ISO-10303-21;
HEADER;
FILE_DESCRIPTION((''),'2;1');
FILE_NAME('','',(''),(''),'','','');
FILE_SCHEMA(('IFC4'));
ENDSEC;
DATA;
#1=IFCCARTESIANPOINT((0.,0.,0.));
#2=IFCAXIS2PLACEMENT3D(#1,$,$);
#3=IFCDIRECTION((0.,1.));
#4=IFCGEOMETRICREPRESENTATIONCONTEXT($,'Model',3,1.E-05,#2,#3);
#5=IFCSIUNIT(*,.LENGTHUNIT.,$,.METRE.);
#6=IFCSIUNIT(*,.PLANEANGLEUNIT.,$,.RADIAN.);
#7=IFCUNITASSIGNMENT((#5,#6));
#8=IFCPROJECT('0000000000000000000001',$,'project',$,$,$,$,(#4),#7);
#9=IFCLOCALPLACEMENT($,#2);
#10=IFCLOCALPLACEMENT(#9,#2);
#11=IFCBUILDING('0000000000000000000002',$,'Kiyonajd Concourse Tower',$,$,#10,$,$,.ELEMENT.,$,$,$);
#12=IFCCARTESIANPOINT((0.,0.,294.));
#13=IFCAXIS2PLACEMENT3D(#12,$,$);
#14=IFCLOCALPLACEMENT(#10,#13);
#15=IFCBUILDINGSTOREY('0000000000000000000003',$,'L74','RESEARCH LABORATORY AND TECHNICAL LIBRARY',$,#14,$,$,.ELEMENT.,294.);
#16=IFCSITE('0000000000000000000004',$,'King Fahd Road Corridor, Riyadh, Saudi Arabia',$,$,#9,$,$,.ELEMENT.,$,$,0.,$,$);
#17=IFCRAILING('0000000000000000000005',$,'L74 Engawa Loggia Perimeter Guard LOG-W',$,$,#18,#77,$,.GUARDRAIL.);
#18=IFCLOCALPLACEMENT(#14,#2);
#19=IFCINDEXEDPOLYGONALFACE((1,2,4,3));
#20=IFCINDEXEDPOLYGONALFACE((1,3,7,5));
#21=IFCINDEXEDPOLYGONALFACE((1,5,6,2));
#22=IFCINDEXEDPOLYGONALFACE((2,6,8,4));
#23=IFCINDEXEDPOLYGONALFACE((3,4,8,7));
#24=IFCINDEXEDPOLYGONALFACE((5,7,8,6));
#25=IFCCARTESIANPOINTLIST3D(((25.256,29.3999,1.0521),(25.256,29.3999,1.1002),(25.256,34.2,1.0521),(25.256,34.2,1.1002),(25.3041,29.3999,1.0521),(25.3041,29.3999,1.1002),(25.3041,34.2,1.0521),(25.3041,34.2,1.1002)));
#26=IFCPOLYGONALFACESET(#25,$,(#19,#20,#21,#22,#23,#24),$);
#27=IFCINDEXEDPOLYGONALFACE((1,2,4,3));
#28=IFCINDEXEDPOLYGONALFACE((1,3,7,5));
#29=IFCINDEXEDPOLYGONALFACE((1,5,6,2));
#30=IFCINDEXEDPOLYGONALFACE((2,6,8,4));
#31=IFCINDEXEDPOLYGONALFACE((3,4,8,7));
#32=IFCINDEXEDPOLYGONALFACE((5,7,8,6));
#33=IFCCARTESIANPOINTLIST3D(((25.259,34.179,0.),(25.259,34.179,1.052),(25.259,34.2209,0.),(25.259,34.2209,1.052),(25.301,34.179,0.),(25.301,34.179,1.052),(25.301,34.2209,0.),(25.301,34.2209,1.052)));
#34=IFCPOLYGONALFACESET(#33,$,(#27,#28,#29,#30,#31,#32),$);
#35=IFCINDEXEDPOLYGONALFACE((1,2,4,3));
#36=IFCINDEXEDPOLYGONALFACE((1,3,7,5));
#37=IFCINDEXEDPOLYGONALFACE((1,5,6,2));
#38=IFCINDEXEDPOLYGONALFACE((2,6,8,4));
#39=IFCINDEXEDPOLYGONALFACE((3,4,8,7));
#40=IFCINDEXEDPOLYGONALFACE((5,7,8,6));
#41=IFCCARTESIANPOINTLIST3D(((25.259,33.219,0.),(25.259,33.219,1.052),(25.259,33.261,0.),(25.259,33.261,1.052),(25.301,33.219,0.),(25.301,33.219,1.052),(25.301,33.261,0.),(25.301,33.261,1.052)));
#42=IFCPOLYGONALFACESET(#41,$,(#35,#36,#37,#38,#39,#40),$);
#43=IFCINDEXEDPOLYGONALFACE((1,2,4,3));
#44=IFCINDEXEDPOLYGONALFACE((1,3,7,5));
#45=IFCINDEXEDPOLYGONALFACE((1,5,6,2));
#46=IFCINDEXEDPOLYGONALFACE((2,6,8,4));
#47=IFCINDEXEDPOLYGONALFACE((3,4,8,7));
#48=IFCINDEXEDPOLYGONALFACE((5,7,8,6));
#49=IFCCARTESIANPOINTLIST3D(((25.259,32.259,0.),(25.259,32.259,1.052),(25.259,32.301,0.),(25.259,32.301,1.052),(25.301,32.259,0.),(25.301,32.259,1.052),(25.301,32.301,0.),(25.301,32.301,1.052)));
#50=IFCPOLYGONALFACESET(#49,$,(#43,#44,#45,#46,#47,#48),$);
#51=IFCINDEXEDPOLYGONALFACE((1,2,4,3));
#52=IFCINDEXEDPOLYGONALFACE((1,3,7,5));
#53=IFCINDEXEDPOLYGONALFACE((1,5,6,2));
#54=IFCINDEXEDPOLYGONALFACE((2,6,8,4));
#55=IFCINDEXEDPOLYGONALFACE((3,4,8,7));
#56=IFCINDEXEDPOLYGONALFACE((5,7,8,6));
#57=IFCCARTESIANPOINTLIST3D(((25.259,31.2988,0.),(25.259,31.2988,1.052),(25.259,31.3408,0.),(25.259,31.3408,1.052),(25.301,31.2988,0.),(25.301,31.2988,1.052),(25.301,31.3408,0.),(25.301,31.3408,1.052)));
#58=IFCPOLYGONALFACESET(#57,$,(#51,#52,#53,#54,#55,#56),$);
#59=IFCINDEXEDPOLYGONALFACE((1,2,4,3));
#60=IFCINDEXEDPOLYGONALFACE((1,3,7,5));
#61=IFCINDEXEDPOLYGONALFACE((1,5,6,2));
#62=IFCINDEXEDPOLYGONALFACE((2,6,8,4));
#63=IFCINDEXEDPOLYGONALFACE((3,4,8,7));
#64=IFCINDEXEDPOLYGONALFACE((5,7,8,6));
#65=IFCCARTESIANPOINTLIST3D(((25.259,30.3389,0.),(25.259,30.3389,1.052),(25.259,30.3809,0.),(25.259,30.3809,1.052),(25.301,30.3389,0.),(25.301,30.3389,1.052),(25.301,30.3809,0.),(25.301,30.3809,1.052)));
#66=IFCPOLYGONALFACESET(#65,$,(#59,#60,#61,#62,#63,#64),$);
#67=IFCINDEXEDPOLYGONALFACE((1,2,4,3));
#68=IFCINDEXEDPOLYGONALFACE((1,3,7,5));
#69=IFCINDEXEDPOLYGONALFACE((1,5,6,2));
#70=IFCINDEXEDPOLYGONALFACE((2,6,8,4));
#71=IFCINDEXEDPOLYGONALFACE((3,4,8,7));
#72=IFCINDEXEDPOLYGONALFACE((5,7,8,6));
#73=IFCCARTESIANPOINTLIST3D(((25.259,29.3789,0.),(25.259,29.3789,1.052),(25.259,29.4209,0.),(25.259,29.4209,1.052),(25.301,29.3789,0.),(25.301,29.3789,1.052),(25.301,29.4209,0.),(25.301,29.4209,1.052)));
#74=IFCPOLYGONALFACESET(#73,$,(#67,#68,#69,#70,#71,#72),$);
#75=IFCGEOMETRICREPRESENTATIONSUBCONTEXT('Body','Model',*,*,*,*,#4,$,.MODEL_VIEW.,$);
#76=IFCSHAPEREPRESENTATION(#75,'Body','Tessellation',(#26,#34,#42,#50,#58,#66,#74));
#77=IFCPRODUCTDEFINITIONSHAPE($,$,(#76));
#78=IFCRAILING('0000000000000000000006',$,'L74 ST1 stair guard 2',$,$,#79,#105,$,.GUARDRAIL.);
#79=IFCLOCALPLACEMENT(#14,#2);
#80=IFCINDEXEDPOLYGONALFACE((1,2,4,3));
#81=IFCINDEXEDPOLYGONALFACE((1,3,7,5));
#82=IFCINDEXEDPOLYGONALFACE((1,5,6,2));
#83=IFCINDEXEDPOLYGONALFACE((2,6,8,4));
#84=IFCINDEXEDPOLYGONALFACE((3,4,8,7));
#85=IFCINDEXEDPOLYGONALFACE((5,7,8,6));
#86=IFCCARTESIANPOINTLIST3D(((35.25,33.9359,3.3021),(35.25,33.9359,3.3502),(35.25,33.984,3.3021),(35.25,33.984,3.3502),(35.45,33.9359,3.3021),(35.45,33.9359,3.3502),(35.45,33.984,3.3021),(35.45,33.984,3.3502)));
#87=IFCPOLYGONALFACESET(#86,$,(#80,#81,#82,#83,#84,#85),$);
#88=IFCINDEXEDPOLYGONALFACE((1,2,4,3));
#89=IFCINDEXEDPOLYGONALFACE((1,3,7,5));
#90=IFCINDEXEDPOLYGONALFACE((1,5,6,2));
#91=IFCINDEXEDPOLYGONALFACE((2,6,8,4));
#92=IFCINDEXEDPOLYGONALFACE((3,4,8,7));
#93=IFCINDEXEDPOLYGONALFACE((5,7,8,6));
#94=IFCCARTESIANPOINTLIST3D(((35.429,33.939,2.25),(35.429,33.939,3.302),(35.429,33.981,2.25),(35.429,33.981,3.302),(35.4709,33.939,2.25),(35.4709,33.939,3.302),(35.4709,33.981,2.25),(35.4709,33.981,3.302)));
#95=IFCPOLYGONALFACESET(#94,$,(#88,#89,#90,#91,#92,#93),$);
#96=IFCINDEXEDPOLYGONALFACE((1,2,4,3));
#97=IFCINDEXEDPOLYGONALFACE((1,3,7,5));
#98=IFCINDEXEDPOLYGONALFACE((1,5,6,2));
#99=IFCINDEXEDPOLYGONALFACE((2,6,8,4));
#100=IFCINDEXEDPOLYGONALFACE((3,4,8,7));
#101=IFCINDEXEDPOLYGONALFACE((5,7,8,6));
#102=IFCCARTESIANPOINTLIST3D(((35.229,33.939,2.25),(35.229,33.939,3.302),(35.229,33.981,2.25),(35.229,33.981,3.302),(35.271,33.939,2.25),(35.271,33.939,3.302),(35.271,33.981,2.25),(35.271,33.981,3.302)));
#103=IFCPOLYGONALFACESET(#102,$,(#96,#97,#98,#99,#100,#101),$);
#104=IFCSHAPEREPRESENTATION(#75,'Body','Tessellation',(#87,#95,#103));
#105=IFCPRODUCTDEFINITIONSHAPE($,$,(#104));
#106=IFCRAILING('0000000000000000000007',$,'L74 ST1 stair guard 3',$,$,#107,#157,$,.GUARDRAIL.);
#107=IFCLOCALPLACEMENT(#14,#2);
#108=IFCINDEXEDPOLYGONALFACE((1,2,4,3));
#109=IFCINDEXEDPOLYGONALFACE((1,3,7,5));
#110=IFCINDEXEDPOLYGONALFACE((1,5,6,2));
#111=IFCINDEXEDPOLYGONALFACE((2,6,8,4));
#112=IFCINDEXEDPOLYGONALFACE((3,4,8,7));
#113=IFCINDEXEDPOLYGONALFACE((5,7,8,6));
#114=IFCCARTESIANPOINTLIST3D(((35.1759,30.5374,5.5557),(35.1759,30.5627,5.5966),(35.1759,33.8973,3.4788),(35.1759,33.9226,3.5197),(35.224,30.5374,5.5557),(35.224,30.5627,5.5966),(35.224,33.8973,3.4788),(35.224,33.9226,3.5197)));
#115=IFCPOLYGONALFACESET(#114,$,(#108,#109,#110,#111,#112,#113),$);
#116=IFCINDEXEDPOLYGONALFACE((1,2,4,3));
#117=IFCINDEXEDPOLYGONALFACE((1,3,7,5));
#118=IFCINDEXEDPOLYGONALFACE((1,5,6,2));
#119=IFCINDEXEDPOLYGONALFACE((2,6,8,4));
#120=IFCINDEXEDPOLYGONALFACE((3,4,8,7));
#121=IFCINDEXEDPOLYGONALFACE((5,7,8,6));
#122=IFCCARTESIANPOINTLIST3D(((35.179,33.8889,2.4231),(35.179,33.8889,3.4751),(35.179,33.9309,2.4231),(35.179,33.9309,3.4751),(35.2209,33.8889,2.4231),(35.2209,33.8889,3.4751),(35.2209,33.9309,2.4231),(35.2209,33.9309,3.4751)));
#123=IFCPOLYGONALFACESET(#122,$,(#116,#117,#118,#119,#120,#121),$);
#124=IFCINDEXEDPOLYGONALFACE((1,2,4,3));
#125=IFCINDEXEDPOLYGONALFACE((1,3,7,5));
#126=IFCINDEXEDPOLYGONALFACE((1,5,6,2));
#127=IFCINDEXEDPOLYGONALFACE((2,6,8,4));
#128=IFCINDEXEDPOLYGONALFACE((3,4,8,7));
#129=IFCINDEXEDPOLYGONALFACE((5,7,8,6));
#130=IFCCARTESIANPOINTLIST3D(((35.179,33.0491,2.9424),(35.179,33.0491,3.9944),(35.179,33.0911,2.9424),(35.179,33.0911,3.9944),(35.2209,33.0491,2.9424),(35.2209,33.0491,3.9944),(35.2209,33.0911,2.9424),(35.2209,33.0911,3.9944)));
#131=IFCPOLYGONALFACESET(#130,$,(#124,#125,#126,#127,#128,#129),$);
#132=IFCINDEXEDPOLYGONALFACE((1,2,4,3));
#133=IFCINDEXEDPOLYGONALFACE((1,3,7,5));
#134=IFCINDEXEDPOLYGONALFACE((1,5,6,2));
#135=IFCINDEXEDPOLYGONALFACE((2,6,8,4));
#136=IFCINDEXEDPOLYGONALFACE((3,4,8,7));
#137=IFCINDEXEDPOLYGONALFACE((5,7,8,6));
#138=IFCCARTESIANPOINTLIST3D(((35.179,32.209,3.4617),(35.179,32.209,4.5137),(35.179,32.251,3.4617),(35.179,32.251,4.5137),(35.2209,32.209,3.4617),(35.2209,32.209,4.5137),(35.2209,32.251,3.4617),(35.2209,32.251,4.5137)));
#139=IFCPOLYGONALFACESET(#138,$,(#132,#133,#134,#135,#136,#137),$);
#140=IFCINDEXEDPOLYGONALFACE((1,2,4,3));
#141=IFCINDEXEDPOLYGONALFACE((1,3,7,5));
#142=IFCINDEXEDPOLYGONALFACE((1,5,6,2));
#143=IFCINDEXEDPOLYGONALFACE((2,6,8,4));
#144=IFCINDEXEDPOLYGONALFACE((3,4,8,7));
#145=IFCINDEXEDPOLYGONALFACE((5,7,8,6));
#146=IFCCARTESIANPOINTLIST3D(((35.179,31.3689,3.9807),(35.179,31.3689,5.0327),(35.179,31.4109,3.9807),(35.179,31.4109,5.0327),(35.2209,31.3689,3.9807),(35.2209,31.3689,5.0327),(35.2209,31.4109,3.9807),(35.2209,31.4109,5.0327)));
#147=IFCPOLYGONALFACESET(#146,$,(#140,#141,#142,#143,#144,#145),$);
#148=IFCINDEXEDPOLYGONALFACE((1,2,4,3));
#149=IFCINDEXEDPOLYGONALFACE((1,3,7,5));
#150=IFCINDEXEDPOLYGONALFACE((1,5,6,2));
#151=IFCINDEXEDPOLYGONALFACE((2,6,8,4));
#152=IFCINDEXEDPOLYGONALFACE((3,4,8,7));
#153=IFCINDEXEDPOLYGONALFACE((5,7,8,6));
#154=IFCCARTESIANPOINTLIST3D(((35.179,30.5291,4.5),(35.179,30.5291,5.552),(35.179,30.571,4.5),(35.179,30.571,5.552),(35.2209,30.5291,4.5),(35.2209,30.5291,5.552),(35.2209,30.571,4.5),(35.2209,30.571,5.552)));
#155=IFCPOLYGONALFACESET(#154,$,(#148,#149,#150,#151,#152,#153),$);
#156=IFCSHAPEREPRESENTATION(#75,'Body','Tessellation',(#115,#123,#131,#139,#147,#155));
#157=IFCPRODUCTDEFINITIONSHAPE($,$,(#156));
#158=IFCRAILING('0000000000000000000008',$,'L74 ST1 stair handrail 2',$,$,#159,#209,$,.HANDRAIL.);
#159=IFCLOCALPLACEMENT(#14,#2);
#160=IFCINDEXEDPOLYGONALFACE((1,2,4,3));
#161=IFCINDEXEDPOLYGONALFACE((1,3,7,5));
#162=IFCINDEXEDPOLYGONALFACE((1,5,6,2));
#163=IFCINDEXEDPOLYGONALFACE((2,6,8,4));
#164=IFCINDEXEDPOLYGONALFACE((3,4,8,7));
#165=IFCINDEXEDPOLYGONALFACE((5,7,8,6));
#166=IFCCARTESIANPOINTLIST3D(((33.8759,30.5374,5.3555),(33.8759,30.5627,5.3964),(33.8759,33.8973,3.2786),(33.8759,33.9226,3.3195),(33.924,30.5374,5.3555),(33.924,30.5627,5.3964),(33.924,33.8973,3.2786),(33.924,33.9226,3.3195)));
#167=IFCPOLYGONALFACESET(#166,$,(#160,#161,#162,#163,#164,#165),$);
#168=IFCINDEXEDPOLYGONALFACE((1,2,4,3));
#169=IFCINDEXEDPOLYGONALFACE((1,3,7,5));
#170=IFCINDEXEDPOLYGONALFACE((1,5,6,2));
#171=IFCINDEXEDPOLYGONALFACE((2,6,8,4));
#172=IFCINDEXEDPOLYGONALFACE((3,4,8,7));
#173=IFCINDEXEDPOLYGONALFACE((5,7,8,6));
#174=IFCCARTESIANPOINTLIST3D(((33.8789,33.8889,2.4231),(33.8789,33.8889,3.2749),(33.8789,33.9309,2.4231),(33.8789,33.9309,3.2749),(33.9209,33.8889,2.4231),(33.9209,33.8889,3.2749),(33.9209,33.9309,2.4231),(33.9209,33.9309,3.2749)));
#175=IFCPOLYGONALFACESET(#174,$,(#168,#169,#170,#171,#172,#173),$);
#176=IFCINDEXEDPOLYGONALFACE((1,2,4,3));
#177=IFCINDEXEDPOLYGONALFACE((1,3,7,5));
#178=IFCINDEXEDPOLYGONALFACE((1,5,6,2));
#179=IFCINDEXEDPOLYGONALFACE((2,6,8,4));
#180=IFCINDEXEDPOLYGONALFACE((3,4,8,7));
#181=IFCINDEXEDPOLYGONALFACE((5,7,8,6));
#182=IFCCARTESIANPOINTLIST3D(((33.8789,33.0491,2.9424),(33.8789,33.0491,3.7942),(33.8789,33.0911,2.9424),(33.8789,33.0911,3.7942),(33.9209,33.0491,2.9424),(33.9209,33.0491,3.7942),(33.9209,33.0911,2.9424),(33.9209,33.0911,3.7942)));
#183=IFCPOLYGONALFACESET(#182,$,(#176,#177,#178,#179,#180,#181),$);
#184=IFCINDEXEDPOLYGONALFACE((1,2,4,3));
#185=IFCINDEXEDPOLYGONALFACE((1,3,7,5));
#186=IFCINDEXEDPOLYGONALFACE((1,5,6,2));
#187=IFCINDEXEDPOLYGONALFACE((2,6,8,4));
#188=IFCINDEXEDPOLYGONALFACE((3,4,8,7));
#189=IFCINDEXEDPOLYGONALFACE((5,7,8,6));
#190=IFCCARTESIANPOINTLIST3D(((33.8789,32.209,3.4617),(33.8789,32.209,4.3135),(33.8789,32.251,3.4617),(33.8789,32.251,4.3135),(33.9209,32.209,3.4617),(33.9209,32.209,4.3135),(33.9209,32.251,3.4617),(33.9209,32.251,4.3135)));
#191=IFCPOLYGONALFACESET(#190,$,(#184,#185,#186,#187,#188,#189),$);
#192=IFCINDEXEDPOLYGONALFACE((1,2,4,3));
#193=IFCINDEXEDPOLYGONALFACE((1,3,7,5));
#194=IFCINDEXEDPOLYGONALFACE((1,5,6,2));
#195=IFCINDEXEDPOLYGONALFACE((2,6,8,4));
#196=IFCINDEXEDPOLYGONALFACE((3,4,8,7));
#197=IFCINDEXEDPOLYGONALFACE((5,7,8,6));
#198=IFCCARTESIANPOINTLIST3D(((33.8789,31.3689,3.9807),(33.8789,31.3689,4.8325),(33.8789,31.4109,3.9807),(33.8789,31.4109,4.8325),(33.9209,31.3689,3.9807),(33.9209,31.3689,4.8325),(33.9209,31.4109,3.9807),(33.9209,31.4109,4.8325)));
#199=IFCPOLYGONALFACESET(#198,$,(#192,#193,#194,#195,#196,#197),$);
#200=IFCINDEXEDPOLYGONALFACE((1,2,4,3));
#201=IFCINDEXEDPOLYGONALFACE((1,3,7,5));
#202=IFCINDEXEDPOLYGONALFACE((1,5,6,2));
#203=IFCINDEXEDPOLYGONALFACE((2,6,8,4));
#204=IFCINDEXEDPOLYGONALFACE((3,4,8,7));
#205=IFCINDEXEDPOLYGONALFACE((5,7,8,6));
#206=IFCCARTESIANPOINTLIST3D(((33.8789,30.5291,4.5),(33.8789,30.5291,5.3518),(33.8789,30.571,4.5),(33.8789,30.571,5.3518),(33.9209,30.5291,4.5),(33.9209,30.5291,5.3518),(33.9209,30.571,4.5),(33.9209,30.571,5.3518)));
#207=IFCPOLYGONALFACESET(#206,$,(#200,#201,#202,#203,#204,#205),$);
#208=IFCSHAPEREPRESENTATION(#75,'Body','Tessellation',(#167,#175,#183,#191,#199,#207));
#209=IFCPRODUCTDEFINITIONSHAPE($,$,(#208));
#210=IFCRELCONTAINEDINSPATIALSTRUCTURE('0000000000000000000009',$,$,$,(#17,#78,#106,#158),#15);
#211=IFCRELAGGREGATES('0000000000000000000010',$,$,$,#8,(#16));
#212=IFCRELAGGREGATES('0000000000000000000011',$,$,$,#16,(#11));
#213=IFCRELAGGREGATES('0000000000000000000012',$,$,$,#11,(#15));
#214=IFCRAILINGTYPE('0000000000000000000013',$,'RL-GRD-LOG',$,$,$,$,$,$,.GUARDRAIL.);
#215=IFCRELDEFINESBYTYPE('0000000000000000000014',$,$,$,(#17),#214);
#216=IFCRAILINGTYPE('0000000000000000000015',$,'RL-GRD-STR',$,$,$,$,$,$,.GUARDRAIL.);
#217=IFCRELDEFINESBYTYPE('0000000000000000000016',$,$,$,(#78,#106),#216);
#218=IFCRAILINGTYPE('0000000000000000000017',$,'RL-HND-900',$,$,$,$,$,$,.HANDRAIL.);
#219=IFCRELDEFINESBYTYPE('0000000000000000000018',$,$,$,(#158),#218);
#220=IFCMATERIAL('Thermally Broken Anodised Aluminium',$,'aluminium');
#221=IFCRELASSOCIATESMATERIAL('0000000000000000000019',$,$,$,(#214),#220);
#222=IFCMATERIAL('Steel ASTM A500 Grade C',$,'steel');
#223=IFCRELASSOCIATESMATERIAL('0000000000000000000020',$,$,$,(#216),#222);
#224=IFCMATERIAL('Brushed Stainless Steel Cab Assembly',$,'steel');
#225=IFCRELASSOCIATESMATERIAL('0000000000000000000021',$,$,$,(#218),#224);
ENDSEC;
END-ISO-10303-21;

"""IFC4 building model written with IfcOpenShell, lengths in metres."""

from ifc_helpers import new_model, si_unit, direction, frame, origin, origin_2d, place, context, subcontext, project, spatial, rectangle, extrude, material, type_object, element, save


model = new_model("IFC4")

# Units and contexts
model_context = context("Model", 3, precision=1e-05, world=origin(), true_north=direction((0.0, 1.0)))
body_context = subcontext(model_context, "Body", "Model", "MODEL_VIEW")
ifc_project = project(units=[si_unit("LENGTHUNIT", "METRE"), si_unit("PLANEANGLEUNIT", "RADIAN")], contexts=[model_context])

# Site, building, storey
site_placement = place(None, origin())
site = spatial("IfcSite", under=ifc_project, at=site_placement, Name="King Fahd Road Corridor, Riyadh, Saudi Arabia", CompositionType="ELEMENT", RefElevation=0.0)
building_placement = place(site_placement, origin())
building = spatial("IfcBuilding", under=site, at=building_placement, Name="Kiyonajd Concourse Tower", CompositionType="ELEMENT")
storey_placement = place(building_placement, frame((0.0, 0.0, 294.0)))
storey = spatial("IfcBuildingStorey", under=building, at=storey_placement, Name="L74", Description="RESEARCH LABORATORY AND TECHNICAL LIBRARY", CompositionType="ELEMENT", Elevation=294.0)

# Shared definitions
ifc_material_1 = material(Name="Thermally Broken Anodised Aluminium", Category="aluminium")

# Railings
railing_type_1 = type_object("IfcRailingType", Name="RL-GRD-LOG", PredefinedType="GUARDRAIL", material=ifc_material_1)
railing_1_placement = place(storey_placement, frame((25.28, 34.2, 0.0)))
element("IfcRailing", 1, at=railing_1_placement, inside=storey, type_object=railing_type_1, Name="L74 Engawa Loggia Perimeter Guard LOG-W", PredefinedType="GUARDRAIL", context=body_context, shape_type="SweptSolid", body=[
    extrude(rectangle(XDim=0.0481, YDim=0.0481, at=origin_2d()), frame((0.0, 0.0, 1.0762), z_axis=(0.0, -1.0, 0.0), x_axis=(1.0, 0.0, 0.0)), (0.0, 0.0, 1.0), 4.8),
    extrude(rectangle(XDim=0.042, YDim=0.042, at=origin_2d()), origin(), (0.0, 0.0, 1.0), 1.052),
    extrude(rectangle(XDim=0.042, YDim=0.042, at=origin_2d()), frame((0.0, -0.96, 0.0)), (0.0, 0.0, 1.0), 1.052),
    extrude(rectangle(XDim=0.042, YDim=0.042, at=origin_2d()), frame((0.0, -1.9199, 0.0)), (0.0, 0.0, 1.0), 1.052),
    extrude(rectangle(XDim=0.042, YDim=0.042, at=origin_2d()), frame((0.0, -2.8801, 0.0)), (0.0, 0.0, 1.0), 1.052),
    extrude(rectangle(XDim=0.042, YDim=0.042, at=origin_2d()), frame((0.0, -3.8401, 0.0)), (0.0, 0.0, 1.0), 1.052),
    extrude(rectangle(XDim=0.042, YDim=0.042, at=origin_2d()), frame((0.0, -4.8, 0.0)), (0.0, 0.0, 1.0), 1.052),
])
ifc_material_2 = material(Name="Steel ASTM A500 Grade C", Category="steel")
railing_type_2 = type_object("IfcRailingType", Name="RL-GRD-STR", PredefinedType="GUARDRAIL", material=ifc_material_2)
railing_2_placement = place(storey_placement, frame((35.45, 33.96, 2.25)))
element("IfcRailing", 2, at=railing_2_placement, inside=storey, type_object=railing_type_2, Name="L74 ST1 stair guard 2", PredefinedType="GUARDRAIL", context=body_context, shape_type="SweptSolid", body=[
    extrude(rectangle(XDim=0.0481, YDim=0.0481, at=origin_2d()), frame((0.0, 0.0, 1.0762), z_axis=(-1.0, 0.0, 0.0), x_axis=(0.0, -1.0, 0.0)), (0.0, 0.0, 1.0), 0.2),
    extrude(rectangle(XDim=0.042, YDim=0.042, at=origin_2d()), origin(), (0.0, 0.0, 1.0), 1.052),
    extrude(rectangle(XDim=0.042, YDim=0.042, at=origin_2d()), frame((-0.2, 0.0, 0.0)), (0.0, 0.0, 1.0), 1.052),
])
railing_3_placement = place(storey_placement, frame((35.2, 33.9099, 2.4231)))
element("IfcRailing", 3, at=railing_3_placement, inside=storey, type_object=railing_type_2, Name="L74 ST1 stair guard 3", PredefinedType="GUARDRAIL", context=body_context, shape_type="SweptSolid", body=[
    extrude(rectangle(XDim=0.0481, YDim=0.0481, at=origin_2d()), frame((0.0, 0.0, 1.0762), z_axis=(0.0, -0.850606, 0.525803), x_axis=(1.0, 0.0, 0.0)), (0.0, 0.0, 1.0), 3.95),
    extrude(rectangle(XDim=0.042, YDim=0.042, at=origin_2d()), origin(), (0.0, 0.0, 1.0), 1.052),
    extrude(rectangle(XDim=0.042, YDim=0.042, at=origin_2d()), frame((0.0, -0.8398, 0.5193)), (0.0, 0.0, 1.0), 1.052),
    extrude(rectangle(XDim=0.042, YDim=0.042, at=origin_2d()), frame((0.0, -1.6799, 1.0386)), (0.0, 0.0, 1.0), 1.052),
    extrude(rectangle(XDim=0.042, YDim=0.042, at=origin_2d()), frame((0.0, -2.52, 1.5576)), (0.0, 0.0, 1.0), 1.052),
    extrude(rectangle(XDim=0.042, YDim=0.042, at=origin_2d()), frame((0.0, -3.3599, 2.0769)), (0.0, 0.0, 1.0), 1.052),
])
ifc_material_3 = material(Name="Brushed Stainless Steel Cab Assembly", Category="steel")
railing_type_3 = type_object("IfcRailingType", Name="RL-HND-900", PredefinedType="HANDRAIL", material=ifc_material_3)
railing_4_placement = place(storey_placement, frame((33.8999, 33.9099, 2.4231)))
element("IfcRailing", 4, at=railing_4_placement, inside=storey, type_object=railing_type_3, Name="L74 ST1 stair handrail 2", PredefinedType="HANDRAIL", context=body_context, shape_type="SweptSolid", body=[
    extrude(rectangle(XDim=0.0481, YDim=0.0481, at=origin_2d()), frame((0.0, 0.0, 0.876), z_axis=(0.0, -0.850606, 0.525803), x_axis=(1.0, 0.0, 0.0)), (0.0, 0.0, 1.0), 3.95),
    extrude(rectangle(XDim=0.042, YDim=0.042, at=origin_2d()), origin(), (0.0, 0.0, 1.0), 0.8518),
    extrude(rectangle(XDim=0.042, YDim=0.042, at=origin_2d()), frame((0.0, -0.8398, 0.5193)), (0.0, 0.0, 1.0), 0.8518),
    extrude(rectangle(XDim=0.042, YDim=0.042, at=origin_2d()), frame((0.0, -1.6799, 1.0386)), (0.0, 0.0, 1.0), 0.8518),
    extrude(rectangle(XDim=0.042, YDim=0.042, at=origin_2d()), frame((0.0, -2.52, 1.5576)), (0.0, 0.0, 1.0), 0.8518),
    extrude(rectangle(XDim=0.042, YDim=0.042, at=origin_2d()), frame((0.0, -3.3599, 2.0769)), (0.0, 0.0, 1.0), 0.8518),
])

save(model, "model.ifc")
